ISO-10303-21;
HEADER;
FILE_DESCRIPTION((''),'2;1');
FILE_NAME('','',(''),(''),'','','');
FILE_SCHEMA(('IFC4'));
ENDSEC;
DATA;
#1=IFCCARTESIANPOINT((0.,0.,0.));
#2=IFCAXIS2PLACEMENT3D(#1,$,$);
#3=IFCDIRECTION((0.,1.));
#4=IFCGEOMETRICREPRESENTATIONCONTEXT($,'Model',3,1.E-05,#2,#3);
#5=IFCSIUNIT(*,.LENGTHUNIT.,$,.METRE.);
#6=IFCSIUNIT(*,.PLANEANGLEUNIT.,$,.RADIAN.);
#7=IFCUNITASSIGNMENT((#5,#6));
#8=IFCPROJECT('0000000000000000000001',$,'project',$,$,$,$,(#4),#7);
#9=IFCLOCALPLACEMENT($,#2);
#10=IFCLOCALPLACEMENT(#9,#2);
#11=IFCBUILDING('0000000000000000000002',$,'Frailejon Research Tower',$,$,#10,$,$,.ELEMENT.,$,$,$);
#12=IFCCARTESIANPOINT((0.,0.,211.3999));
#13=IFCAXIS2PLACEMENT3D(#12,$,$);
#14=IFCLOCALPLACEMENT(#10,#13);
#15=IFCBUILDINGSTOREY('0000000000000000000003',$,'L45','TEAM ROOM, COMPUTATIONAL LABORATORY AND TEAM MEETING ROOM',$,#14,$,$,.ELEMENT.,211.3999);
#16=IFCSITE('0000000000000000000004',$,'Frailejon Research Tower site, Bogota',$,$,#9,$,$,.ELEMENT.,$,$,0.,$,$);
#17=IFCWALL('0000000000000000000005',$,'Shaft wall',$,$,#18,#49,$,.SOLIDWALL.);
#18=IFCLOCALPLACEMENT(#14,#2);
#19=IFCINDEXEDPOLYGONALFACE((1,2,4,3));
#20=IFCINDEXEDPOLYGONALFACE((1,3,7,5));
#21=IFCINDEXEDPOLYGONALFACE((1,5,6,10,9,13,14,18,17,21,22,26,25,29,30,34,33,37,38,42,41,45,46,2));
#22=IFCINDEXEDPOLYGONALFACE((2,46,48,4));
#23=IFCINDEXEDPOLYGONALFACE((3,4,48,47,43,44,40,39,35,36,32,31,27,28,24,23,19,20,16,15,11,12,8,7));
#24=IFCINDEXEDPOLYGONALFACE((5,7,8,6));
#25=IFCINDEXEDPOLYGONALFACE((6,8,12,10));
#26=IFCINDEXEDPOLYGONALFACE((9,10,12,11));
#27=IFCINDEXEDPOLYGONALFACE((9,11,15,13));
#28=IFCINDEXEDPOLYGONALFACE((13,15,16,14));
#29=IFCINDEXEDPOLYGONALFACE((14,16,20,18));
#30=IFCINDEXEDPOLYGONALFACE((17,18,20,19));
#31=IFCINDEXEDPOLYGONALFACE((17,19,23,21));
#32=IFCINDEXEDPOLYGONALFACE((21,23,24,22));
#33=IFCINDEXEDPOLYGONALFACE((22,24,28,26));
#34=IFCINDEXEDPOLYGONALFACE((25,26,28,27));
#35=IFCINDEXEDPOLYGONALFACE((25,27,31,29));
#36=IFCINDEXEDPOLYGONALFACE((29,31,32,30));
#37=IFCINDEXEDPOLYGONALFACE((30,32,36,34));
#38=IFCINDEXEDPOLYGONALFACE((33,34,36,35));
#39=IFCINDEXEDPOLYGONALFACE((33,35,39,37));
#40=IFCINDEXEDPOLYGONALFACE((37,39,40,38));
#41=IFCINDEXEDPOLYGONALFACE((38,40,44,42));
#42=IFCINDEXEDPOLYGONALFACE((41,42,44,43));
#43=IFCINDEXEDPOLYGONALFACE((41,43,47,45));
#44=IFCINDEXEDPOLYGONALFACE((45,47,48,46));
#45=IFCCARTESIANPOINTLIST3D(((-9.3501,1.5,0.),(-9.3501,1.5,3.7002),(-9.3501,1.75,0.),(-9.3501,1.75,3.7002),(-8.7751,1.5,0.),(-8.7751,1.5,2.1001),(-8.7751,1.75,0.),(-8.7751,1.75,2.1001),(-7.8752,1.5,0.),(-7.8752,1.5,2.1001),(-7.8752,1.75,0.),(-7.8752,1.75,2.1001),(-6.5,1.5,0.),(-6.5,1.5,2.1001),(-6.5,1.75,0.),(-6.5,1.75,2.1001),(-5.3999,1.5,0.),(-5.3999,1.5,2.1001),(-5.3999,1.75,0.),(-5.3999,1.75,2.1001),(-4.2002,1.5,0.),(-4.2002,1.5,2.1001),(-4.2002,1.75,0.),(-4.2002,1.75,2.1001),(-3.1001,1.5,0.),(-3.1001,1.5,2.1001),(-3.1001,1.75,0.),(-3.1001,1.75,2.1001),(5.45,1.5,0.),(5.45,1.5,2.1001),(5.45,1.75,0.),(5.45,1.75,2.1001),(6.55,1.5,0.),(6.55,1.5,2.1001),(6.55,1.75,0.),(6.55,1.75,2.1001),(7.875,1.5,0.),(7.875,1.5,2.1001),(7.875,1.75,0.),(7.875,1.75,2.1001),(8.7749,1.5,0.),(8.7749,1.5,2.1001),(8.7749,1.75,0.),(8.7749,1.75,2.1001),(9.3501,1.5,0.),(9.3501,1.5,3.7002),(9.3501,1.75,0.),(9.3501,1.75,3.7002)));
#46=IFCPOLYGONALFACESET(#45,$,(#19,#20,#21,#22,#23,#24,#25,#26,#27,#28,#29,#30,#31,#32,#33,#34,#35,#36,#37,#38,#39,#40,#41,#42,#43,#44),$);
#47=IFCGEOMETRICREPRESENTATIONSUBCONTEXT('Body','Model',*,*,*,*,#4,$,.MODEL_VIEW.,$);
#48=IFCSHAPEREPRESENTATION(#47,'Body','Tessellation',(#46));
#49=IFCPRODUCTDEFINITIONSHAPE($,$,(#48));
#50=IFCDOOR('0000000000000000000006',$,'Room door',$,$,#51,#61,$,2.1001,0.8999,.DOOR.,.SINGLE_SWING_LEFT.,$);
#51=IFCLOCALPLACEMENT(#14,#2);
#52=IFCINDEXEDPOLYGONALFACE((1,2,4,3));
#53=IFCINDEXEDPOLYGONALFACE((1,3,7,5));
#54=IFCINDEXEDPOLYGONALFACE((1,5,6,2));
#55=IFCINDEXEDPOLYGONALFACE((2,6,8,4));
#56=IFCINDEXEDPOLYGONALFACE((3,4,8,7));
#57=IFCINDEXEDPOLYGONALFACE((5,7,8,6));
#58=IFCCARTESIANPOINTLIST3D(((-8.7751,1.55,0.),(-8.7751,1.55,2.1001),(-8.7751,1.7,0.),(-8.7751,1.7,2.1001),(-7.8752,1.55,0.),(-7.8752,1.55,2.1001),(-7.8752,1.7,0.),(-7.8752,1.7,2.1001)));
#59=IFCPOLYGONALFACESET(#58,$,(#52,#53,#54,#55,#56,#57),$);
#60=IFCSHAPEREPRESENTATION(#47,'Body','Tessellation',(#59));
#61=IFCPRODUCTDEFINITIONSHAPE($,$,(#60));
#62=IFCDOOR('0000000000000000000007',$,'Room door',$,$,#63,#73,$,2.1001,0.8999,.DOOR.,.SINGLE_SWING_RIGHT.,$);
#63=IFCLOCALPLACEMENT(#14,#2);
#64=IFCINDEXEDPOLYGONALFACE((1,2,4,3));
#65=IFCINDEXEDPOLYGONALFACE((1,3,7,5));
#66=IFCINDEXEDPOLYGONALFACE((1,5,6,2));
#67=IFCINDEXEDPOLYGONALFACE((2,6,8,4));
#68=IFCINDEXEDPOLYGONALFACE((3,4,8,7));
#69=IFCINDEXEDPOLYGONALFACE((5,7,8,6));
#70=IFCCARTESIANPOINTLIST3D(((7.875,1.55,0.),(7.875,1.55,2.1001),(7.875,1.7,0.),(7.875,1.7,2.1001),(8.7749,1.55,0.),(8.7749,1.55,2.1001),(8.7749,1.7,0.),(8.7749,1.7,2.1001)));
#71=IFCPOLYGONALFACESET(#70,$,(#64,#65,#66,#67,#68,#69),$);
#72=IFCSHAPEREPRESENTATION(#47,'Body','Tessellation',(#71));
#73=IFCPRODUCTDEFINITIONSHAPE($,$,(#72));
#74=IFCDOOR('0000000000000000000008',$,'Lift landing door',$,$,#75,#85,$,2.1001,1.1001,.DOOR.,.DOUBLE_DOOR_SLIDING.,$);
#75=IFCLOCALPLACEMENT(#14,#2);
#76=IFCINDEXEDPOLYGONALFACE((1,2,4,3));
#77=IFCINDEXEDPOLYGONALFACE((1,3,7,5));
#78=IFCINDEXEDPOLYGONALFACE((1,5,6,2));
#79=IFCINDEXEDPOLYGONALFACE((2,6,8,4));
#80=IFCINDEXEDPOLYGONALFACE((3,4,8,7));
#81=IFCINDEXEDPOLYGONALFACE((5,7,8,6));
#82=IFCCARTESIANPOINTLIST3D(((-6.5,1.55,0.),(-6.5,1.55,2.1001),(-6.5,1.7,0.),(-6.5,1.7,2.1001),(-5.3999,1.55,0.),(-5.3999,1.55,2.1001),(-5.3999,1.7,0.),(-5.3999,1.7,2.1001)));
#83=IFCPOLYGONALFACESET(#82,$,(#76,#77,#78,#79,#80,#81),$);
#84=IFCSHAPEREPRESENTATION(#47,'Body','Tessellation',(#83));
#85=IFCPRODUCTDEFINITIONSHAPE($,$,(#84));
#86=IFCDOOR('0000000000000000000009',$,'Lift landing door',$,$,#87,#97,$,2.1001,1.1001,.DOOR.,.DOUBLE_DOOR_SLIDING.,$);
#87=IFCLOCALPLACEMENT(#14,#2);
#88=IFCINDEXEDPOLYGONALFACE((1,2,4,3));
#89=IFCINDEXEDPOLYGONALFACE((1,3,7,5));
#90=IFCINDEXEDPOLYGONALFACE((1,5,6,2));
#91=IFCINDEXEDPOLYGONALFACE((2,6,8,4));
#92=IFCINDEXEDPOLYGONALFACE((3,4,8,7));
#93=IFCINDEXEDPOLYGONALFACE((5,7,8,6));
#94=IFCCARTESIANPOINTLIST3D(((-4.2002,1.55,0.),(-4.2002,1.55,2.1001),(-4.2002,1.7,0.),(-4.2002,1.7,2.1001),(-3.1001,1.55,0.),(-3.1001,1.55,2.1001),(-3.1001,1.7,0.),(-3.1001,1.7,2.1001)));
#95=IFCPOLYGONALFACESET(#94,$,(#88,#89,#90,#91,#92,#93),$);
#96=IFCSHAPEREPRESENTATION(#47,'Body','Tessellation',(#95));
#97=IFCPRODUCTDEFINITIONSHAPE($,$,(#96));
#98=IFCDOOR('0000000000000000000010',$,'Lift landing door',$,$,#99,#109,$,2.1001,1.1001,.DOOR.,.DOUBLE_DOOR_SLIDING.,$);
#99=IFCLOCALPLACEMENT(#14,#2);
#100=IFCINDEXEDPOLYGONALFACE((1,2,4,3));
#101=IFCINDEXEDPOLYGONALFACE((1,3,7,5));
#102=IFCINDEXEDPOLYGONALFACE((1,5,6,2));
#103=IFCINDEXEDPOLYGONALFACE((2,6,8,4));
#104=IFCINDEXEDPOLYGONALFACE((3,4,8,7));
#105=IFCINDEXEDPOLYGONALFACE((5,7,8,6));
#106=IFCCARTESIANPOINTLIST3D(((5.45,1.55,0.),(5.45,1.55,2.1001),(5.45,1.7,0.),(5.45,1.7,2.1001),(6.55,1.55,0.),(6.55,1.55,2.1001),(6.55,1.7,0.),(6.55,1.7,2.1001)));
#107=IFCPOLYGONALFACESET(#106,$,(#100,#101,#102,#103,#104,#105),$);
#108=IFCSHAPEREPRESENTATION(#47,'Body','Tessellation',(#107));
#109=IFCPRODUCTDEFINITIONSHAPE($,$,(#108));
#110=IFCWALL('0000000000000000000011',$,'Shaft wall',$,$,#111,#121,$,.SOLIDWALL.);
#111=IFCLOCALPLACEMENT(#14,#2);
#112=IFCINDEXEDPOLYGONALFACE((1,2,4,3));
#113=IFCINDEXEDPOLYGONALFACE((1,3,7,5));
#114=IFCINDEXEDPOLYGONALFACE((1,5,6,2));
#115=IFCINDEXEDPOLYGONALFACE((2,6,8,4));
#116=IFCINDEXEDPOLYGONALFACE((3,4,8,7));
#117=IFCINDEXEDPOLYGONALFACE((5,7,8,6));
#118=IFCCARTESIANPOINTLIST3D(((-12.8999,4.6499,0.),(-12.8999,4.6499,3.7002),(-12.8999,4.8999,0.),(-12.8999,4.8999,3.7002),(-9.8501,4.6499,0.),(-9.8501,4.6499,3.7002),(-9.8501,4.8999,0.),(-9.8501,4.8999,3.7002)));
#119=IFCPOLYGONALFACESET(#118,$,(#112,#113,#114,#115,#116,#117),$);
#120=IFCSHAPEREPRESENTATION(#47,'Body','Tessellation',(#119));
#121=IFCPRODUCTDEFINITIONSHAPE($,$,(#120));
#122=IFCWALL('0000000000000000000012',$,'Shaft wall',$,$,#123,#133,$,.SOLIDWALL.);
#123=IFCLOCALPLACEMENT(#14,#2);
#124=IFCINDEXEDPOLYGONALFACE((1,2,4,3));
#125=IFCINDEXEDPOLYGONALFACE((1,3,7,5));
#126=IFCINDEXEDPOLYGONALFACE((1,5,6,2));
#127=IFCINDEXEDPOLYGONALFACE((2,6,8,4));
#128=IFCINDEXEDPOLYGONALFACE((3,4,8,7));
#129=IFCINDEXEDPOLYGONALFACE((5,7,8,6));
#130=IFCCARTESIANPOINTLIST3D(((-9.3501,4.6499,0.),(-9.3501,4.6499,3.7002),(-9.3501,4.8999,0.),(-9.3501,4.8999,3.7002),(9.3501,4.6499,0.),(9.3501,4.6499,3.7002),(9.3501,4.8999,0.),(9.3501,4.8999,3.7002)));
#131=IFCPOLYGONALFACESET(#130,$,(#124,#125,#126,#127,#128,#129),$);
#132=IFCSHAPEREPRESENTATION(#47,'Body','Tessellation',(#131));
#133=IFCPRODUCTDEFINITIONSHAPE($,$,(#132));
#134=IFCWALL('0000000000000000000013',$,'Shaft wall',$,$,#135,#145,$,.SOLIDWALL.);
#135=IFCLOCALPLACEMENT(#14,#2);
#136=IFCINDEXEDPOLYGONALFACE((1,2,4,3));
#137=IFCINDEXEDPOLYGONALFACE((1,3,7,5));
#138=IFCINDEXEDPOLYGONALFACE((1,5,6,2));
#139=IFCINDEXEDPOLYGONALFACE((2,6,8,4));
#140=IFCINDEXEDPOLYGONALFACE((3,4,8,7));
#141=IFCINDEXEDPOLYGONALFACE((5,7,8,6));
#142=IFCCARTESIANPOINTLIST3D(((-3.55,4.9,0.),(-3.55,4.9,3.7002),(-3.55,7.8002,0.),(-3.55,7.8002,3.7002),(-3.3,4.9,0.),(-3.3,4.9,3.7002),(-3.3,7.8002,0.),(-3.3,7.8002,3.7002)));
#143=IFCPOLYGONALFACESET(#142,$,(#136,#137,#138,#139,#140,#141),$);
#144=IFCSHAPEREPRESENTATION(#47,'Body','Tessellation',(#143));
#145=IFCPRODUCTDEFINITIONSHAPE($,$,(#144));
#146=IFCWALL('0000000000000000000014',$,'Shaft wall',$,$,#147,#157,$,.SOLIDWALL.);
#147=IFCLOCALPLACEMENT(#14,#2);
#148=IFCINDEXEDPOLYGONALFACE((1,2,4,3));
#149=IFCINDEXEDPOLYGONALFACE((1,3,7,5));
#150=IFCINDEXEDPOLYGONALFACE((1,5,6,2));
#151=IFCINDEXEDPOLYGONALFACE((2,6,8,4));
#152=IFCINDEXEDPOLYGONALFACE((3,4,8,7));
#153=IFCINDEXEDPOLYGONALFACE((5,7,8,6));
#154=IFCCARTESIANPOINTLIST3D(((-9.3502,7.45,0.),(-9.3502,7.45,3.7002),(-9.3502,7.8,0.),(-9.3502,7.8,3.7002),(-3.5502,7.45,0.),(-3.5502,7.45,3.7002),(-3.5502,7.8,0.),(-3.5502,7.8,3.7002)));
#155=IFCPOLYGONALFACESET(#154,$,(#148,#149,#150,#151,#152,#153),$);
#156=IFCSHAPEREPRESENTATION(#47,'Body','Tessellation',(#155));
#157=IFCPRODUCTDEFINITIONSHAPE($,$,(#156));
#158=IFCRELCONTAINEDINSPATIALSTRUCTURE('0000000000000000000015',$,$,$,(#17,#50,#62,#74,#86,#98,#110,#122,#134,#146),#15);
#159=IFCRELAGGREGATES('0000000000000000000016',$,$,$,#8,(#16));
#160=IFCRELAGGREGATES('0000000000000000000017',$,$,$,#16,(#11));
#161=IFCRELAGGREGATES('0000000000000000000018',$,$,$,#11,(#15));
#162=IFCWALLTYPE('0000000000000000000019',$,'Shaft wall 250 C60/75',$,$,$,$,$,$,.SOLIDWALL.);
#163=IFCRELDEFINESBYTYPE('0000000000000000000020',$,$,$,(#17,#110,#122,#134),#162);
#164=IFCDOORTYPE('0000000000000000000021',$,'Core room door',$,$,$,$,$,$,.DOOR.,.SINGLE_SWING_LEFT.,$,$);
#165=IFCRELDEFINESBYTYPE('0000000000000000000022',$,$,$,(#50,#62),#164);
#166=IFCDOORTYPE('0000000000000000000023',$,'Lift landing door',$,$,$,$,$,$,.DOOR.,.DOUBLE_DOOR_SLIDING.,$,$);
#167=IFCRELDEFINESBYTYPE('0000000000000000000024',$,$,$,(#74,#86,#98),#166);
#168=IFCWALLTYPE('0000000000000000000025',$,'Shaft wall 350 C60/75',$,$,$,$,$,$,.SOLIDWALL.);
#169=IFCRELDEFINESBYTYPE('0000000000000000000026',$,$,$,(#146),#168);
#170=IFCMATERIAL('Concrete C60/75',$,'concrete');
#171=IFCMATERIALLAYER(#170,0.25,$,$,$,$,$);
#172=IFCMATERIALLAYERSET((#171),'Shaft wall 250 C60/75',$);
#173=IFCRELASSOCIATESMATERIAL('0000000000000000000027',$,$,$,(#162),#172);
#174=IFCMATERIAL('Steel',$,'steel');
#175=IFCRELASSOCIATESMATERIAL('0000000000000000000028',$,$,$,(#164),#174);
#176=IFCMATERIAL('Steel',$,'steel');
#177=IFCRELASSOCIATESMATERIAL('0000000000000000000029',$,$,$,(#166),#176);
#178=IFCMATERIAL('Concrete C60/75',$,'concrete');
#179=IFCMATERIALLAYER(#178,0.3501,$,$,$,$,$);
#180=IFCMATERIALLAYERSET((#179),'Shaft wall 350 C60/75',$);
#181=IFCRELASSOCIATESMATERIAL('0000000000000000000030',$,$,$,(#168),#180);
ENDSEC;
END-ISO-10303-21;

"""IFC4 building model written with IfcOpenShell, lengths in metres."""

from ifc_helpers import new_model, si_unit, direction, frame, frame_2d, origin, place, context, subcontext, project, spatial, rectangle, extrude, material, layer, layer_set, type_object, element, fill, save


model = new_model("IFC4")

# Units and contexts
model_context = context("Model", 3, precision=1e-05, world=origin(), true_north=direction((0.0, 1.0)))
body_context = subcontext(model_context, "Body", "Model", "MODEL_VIEW")
ifc_project = project(units=[si_unit("LENGTHUNIT", "METRE"), si_unit("PLANEANGLEUNIT", "RADIAN")], contexts=[model_context])

# Site, building, storey
site_placement = place(None, origin())
site = spatial("IfcSite", under=ifc_project, at=site_placement, Name="Frailejon Research Tower site, Bogota", CompositionType="ELEMENT", RefElevation=0.0)
building_placement = place(site_placement, origin())
building = spatial("IfcBuilding", under=site, at=building_placement, Name="Frailejon Research Tower", CompositionType="ELEMENT")
storey_placement = place(building_placement, frame((0.0, 0.0, 211.3999)))
storey = spatial("IfcBuildingStorey", under=building, at=storey_placement, Name="L45", Description="TEAM ROOM, COMPUTATIONAL LABORATORY AND TEAM MEETING ROOM", CompositionType="ELEMENT", Elevation=211.3999)

# Shared definitions
ifc_material_1 = material(Name="Concrete C60/75", Category="concrete")
ifc_layer_1 = layer(ifc_material_1, 0.25)
ifc_layer_set_1 = layer_set([ifc_layer_1], Name="Shaft wall 250 C60/75")
wall_type_1 = type_object("IfcWallType", Name="Shaft wall 250 C60/75", PredefinedType="SOLIDWALL", material=ifc_layer_set_1)
ifc_material_2 = material(Name="Steel", Category="steel")
door_type_1 = type_object("IfcDoorType", Name="Core room door", OperationType="SINGLE_SWING_LEFT", PredefinedType="DOOR", material=ifc_material_2)

# Wall, openings, doors
wall_1_placement = place(storey_placement, frame((-9.3501, 1.625, 0.0), z_axis=(0.0, 0.0, 1.0), x_axis=(1.0, 0.0, 0.0)))
wall_1 = element("IfcWall", 1, at=wall_1_placement, inside=storey, type_object=wall_type_1, Name="Shaft wall", PredefinedType="SOLIDWALL", context=body_context, shape_type="SweptSolid", body=[
    extrude(rectangle(XDim=18.7002, YDim=0.25, at=frame_2d((9.3501, 0.0))), origin(), (0.0, 0.0, 1.0), 3.7002),
])
opening_1_placement = place(wall_1_placement, frame((2.8501, 0.0, 0.0)))
opening_1 = element("IfcOpeningElement", 2, at=opening_1_placement, cuts=wall_1, PredefinedType="OPENING", context=body_context, shape_type="SweptSolid", body=[
    extrude(rectangle(XDim=1.1001, YDim=2.1001, at=frame_2d((0.55, 1.05))), frame((0.0, 0.135, 0.0), z_axis=(0.0, -1.0, 0.0), x_axis=(1.0, 0.0, 0.0)), (0.0, 0.0, 1.0), 0.27),
])
opening_2_placement = place(wall_1_placement, frame((5.1499, 0.0, 0.0)))
opening_2 = element("IfcOpeningElement", 3, at=opening_2_placement, cuts=wall_1, PredefinedType="OPENING", context=body_context, shape_type="SweptSolid", body=[
    extrude(rectangle(XDim=1.1001, YDim=2.1001, at=frame_2d((0.55, 1.05))), frame((0.0, 0.135, 0.0), z_axis=(0.0, -1.0, 0.0), x_axis=(1.0, 0.0, 0.0)), (0.0, 0.0, 1.0), 0.27),
])
opening_3_placement = place(wall_1_placement, frame((14.8, 0.0, 0.0)))
opening_3 = element("IfcOpeningElement", 4, at=opening_3_placement, cuts=wall_1, PredefinedType="OPENING", context=body_context, shape_type="SweptSolid", body=[
    extrude(rectangle(XDim=1.1001, YDim=2.1001, at=frame_2d((0.55, 1.05))), frame((0.0, 0.135, 0.0), z_axis=(0.0, -1.0, 0.0), x_axis=(1.0, 0.0, 0.0)), (0.0, 0.0, 1.0), 0.27),
])
opening_4_placement = place(wall_1_placement, frame((0.575, 0.0, 0.0)))
opening_4 = element("IfcOpeningElement", 5, at=opening_4_placement, cuts=wall_1, PredefinedType="OPENING", context=body_context, shape_type="SweptSolid", body=[
    extrude(rectangle(XDim=0.8999, YDim=2.1001, at=frame_2d((0.45, 1.05))), frame((0.0, 0.135, 0.0), z_axis=(0.0, -1.0, 0.0), x_axis=(1.0, 0.0, 0.0)), (0.0, 0.0, 1.0), 0.27),
])
opening_5_placement = place(wall_1_placement, frame((17.2251, 0.0, 0.0)))
opening_5 = element("IfcOpeningElement", 6, at=opening_5_placement, cuts=wall_1, PredefinedType="OPENING", context=body_context, shape_type="SweptSolid", body=[
    extrude(rectangle(XDim=0.8999, YDim=2.1001, at=frame_2d((0.45, 1.05))), frame((0.0, 0.135, 0.0), z_axis=(0.0, -1.0, 0.0), x_axis=(1.0, 0.0, 0.0)), (0.0, 0.0, 1.0), 0.27),
])
door_1_placement = place(opening_4_placement, origin())
door_1 = element("IfcDoor", 7, at=door_1_placement, inside=storey, type_object=door_type_1, Name="Room door", OperationType="SINGLE_SWING_LEFT", OverallHeight=2.1001, OverallWidth=0.8999, PredefinedType="DOOR", context=body_context, shape_type="SweptSolid", body=[
    extrude(rectangle(XDim=0.8999, YDim=2.1001, at=frame_2d((0.45, 1.05))), frame((0.0, 0.075, 0.0), z_axis=(0.0, -1.0, 0.0), x_axis=(1.0, 0.0, 0.0)), (0.0, 0.0, 1.0), 0.1499),
])
fill(opening_4, door_1)
door_2_placement = place(opening_5_placement, origin())
door_2 = element("IfcDoor", 8, at=door_2_placement, inside=storey, type_object=door_type_1, Name="Room door", OperationType="SINGLE_SWING_RIGHT", OverallHeight=2.1001, OverallWidth=0.8999, PredefinedType="DOOR", context=body_context, shape_type="SweptSolid", body=[
    extrude(rectangle(XDim=0.8999, YDim=2.1001, at=frame_2d((0.45, 1.05))), frame((0.0, 0.075, 0.0), z_axis=(0.0, -1.0, 0.0), x_axis=(1.0, 0.0, 0.0)), (0.0, 0.0, 1.0), 0.1499),
])
fill(opening_5, door_2)
ifc_material_3 = material(Name="Steel", Category="steel")
door_type_2 = type_object("IfcDoorType", Name="Lift landing door", OperationType="DOUBLE_DOOR_SLIDING", PredefinedType="DOOR", material=ifc_material_3)
door_3_placement = place(opening_1_placement, origin())
door_3 = element("IfcDoor", 9, at=door_3_placement, inside=storey, type_object=door_type_2, Name="Lift landing door", OperationType="DOUBLE_DOOR_SLIDING", OverallHeight=2.1001, OverallWidth=1.1001, PredefinedType="DOOR", context=body_context, shape_type="SweptSolid", body=[
    extrude(rectangle(XDim=1.1001, YDim=2.1001, at=frame_2d((0.55, 1.05))), frame((0.0, 0.075, 0.0), z_axis=(0.0, -1.0, 0.0), x_axis=(1.0, 0.0, 0.0)), (0.0, 0.0, 1.0), 0.1499),
])
fill(opening_1, door_3)
door_4_placement = place(opening_2_placement, origin())
door_4 = element("IfcDoor", 10, at=door_4_placement, inside=storey, type_object=door_type_2, Name="Lift landing door", OperationType="DOUBLE_DOOR_SLIDING", OverallHeight=2.1001, OverallWidth=1.1001, PredefinedType="DOOR", context=body_context, shape_type="SweptSolid", body=[
    extrude(rectangle(XDim=1.1001, YDim=2.1001, at=frame_2d((0.55, 1.05))), frame((0.0, 0.075, 0.0), z_axis=(0.0, -1.0, 0.0), x_axis=(1.0, 0.0, 0.0)), (0.0, 0.0, 1.0), 0.1499),
])
fill(opening_2, door_4)
door_5_placement = place(opening_3_placement, origin())
door_5 = element("IfcDoor", 11, at=door_5_placement, inside=storey, type_object=door_type_2, Name="Lift landing door", OperationType="DOUBLE_DOOR_SLIDING", OverallHeight=2.1001, OverallWidth=1.1001, PredefinedType="DOOR", context=body_context, shape_type="SweptSolid", body=[
    extrude(rectangle(XDim=1.1001, YDim=2.1001, at=frame_2d((0.55, 1.05))), frame((0.0, 0.075, 0.0), z_axis=(0.0, -1.0, 0.0), x_axis=(1.0, 0.0, 0.0)), (0.0, 0.0, 1.0), 0.1499),
])
fill(opening_3, door_5)

# Walls
wall_2_placement = place(storey_placement, frame((-12.8999, 4.7749, 0.0), z_axis=(0.0, 0.0, 1.0), x_axis=(1.0, 0.0, 0.0)))
element("IfcWall", 12, at=wall_2_placement, inside=storey, type_object=wall_type_1, Name="Shaft wall", PredefinedType="SOLIDWALL", context=body_context, shape_type="SweptSolid", body=[
    extrude(rectangle(XDim=3.0498, YDim=0.25, at=frame_2d((1.5249, 0.0))), origin(), (0.0, 0.0, 1.0), 3.7002),
])
wall_3_placement = place(storey_placement, frame((-9.3501, 4.7749, 0.0), z_axis=(0.0, 0.0, 1.0), x_axis=(1.0, 0.0, 0.0)))
element("IfcWall", 13, at=wall_3_placement, inside=storey, type_object=wall_type_1, Name="Shaft wall", PredefinedType="SOLIDWALL", context=body_context, shape_type="SweptSolid", body=[
    extrude(rectangle(XDim=18.7002, YDim=0.25, at=frame_2d((9.3501, 0.0))), origin(), (0.0, 0.0, 1.0), 3.7002),
])
wall_4_placement = place(storey_placement, frame((-3.425, 4.8999, 0.0), z_axis=(0.0, 0.0, 1.0), x_axis=(0.0, 1.0, 0.0)))
element("IfcWall", 14, at=wall_4_placement, inside=storey, type_object=wall_type_1, Name="Shaft wall", PredefinedType="SOLIDWALL", context=body_context, shape_type="SweptSolid", body=[
    extrude(rectangle(XDim=2.9001, YDim=0.25, at=frame_2d((1.4502, 0.0))), origin(), (0.0, 0.0, 1.0), 3.7002),
])
ifc_material_4 = material(Name="Concrete C60/75", Category="concrete")
ifc_layer_2 = layer(ifc_material_4, 0.3501)
ifc_layer_set_2 = layer_set([ifc_layer_2], Name="Shaft wall 350 C60/75")
wall_type_2 = type_object("IfcWallType", Name="Shaft wall 350 C60/75", PredefinedType="SOLIDWALL", material=ifc_layer_set_2)
wall_5_placement = place(storey_placement, frame((-9.3501, 7.625, 0.0), z_axis=(0.0, 0.0, 1.0), x_axis=(1.0, 0.0, 0.0)))
element("IfcWall", 15, at=wall_5_placement, inside=storey, type_object=wall_type_2, Name="Shaft wall", PredefinedType="SOLIDWALL", context=body_context, shape_type="SweptSolid", body=[
    extrude(rectangle(XDim=5.8, YDim=0.3501, at=frame_2d((2.8999, 0.0))), origin(), (0.0, 0.0, 1.0), 3.7002),
])

save(model, "model.ifc")
